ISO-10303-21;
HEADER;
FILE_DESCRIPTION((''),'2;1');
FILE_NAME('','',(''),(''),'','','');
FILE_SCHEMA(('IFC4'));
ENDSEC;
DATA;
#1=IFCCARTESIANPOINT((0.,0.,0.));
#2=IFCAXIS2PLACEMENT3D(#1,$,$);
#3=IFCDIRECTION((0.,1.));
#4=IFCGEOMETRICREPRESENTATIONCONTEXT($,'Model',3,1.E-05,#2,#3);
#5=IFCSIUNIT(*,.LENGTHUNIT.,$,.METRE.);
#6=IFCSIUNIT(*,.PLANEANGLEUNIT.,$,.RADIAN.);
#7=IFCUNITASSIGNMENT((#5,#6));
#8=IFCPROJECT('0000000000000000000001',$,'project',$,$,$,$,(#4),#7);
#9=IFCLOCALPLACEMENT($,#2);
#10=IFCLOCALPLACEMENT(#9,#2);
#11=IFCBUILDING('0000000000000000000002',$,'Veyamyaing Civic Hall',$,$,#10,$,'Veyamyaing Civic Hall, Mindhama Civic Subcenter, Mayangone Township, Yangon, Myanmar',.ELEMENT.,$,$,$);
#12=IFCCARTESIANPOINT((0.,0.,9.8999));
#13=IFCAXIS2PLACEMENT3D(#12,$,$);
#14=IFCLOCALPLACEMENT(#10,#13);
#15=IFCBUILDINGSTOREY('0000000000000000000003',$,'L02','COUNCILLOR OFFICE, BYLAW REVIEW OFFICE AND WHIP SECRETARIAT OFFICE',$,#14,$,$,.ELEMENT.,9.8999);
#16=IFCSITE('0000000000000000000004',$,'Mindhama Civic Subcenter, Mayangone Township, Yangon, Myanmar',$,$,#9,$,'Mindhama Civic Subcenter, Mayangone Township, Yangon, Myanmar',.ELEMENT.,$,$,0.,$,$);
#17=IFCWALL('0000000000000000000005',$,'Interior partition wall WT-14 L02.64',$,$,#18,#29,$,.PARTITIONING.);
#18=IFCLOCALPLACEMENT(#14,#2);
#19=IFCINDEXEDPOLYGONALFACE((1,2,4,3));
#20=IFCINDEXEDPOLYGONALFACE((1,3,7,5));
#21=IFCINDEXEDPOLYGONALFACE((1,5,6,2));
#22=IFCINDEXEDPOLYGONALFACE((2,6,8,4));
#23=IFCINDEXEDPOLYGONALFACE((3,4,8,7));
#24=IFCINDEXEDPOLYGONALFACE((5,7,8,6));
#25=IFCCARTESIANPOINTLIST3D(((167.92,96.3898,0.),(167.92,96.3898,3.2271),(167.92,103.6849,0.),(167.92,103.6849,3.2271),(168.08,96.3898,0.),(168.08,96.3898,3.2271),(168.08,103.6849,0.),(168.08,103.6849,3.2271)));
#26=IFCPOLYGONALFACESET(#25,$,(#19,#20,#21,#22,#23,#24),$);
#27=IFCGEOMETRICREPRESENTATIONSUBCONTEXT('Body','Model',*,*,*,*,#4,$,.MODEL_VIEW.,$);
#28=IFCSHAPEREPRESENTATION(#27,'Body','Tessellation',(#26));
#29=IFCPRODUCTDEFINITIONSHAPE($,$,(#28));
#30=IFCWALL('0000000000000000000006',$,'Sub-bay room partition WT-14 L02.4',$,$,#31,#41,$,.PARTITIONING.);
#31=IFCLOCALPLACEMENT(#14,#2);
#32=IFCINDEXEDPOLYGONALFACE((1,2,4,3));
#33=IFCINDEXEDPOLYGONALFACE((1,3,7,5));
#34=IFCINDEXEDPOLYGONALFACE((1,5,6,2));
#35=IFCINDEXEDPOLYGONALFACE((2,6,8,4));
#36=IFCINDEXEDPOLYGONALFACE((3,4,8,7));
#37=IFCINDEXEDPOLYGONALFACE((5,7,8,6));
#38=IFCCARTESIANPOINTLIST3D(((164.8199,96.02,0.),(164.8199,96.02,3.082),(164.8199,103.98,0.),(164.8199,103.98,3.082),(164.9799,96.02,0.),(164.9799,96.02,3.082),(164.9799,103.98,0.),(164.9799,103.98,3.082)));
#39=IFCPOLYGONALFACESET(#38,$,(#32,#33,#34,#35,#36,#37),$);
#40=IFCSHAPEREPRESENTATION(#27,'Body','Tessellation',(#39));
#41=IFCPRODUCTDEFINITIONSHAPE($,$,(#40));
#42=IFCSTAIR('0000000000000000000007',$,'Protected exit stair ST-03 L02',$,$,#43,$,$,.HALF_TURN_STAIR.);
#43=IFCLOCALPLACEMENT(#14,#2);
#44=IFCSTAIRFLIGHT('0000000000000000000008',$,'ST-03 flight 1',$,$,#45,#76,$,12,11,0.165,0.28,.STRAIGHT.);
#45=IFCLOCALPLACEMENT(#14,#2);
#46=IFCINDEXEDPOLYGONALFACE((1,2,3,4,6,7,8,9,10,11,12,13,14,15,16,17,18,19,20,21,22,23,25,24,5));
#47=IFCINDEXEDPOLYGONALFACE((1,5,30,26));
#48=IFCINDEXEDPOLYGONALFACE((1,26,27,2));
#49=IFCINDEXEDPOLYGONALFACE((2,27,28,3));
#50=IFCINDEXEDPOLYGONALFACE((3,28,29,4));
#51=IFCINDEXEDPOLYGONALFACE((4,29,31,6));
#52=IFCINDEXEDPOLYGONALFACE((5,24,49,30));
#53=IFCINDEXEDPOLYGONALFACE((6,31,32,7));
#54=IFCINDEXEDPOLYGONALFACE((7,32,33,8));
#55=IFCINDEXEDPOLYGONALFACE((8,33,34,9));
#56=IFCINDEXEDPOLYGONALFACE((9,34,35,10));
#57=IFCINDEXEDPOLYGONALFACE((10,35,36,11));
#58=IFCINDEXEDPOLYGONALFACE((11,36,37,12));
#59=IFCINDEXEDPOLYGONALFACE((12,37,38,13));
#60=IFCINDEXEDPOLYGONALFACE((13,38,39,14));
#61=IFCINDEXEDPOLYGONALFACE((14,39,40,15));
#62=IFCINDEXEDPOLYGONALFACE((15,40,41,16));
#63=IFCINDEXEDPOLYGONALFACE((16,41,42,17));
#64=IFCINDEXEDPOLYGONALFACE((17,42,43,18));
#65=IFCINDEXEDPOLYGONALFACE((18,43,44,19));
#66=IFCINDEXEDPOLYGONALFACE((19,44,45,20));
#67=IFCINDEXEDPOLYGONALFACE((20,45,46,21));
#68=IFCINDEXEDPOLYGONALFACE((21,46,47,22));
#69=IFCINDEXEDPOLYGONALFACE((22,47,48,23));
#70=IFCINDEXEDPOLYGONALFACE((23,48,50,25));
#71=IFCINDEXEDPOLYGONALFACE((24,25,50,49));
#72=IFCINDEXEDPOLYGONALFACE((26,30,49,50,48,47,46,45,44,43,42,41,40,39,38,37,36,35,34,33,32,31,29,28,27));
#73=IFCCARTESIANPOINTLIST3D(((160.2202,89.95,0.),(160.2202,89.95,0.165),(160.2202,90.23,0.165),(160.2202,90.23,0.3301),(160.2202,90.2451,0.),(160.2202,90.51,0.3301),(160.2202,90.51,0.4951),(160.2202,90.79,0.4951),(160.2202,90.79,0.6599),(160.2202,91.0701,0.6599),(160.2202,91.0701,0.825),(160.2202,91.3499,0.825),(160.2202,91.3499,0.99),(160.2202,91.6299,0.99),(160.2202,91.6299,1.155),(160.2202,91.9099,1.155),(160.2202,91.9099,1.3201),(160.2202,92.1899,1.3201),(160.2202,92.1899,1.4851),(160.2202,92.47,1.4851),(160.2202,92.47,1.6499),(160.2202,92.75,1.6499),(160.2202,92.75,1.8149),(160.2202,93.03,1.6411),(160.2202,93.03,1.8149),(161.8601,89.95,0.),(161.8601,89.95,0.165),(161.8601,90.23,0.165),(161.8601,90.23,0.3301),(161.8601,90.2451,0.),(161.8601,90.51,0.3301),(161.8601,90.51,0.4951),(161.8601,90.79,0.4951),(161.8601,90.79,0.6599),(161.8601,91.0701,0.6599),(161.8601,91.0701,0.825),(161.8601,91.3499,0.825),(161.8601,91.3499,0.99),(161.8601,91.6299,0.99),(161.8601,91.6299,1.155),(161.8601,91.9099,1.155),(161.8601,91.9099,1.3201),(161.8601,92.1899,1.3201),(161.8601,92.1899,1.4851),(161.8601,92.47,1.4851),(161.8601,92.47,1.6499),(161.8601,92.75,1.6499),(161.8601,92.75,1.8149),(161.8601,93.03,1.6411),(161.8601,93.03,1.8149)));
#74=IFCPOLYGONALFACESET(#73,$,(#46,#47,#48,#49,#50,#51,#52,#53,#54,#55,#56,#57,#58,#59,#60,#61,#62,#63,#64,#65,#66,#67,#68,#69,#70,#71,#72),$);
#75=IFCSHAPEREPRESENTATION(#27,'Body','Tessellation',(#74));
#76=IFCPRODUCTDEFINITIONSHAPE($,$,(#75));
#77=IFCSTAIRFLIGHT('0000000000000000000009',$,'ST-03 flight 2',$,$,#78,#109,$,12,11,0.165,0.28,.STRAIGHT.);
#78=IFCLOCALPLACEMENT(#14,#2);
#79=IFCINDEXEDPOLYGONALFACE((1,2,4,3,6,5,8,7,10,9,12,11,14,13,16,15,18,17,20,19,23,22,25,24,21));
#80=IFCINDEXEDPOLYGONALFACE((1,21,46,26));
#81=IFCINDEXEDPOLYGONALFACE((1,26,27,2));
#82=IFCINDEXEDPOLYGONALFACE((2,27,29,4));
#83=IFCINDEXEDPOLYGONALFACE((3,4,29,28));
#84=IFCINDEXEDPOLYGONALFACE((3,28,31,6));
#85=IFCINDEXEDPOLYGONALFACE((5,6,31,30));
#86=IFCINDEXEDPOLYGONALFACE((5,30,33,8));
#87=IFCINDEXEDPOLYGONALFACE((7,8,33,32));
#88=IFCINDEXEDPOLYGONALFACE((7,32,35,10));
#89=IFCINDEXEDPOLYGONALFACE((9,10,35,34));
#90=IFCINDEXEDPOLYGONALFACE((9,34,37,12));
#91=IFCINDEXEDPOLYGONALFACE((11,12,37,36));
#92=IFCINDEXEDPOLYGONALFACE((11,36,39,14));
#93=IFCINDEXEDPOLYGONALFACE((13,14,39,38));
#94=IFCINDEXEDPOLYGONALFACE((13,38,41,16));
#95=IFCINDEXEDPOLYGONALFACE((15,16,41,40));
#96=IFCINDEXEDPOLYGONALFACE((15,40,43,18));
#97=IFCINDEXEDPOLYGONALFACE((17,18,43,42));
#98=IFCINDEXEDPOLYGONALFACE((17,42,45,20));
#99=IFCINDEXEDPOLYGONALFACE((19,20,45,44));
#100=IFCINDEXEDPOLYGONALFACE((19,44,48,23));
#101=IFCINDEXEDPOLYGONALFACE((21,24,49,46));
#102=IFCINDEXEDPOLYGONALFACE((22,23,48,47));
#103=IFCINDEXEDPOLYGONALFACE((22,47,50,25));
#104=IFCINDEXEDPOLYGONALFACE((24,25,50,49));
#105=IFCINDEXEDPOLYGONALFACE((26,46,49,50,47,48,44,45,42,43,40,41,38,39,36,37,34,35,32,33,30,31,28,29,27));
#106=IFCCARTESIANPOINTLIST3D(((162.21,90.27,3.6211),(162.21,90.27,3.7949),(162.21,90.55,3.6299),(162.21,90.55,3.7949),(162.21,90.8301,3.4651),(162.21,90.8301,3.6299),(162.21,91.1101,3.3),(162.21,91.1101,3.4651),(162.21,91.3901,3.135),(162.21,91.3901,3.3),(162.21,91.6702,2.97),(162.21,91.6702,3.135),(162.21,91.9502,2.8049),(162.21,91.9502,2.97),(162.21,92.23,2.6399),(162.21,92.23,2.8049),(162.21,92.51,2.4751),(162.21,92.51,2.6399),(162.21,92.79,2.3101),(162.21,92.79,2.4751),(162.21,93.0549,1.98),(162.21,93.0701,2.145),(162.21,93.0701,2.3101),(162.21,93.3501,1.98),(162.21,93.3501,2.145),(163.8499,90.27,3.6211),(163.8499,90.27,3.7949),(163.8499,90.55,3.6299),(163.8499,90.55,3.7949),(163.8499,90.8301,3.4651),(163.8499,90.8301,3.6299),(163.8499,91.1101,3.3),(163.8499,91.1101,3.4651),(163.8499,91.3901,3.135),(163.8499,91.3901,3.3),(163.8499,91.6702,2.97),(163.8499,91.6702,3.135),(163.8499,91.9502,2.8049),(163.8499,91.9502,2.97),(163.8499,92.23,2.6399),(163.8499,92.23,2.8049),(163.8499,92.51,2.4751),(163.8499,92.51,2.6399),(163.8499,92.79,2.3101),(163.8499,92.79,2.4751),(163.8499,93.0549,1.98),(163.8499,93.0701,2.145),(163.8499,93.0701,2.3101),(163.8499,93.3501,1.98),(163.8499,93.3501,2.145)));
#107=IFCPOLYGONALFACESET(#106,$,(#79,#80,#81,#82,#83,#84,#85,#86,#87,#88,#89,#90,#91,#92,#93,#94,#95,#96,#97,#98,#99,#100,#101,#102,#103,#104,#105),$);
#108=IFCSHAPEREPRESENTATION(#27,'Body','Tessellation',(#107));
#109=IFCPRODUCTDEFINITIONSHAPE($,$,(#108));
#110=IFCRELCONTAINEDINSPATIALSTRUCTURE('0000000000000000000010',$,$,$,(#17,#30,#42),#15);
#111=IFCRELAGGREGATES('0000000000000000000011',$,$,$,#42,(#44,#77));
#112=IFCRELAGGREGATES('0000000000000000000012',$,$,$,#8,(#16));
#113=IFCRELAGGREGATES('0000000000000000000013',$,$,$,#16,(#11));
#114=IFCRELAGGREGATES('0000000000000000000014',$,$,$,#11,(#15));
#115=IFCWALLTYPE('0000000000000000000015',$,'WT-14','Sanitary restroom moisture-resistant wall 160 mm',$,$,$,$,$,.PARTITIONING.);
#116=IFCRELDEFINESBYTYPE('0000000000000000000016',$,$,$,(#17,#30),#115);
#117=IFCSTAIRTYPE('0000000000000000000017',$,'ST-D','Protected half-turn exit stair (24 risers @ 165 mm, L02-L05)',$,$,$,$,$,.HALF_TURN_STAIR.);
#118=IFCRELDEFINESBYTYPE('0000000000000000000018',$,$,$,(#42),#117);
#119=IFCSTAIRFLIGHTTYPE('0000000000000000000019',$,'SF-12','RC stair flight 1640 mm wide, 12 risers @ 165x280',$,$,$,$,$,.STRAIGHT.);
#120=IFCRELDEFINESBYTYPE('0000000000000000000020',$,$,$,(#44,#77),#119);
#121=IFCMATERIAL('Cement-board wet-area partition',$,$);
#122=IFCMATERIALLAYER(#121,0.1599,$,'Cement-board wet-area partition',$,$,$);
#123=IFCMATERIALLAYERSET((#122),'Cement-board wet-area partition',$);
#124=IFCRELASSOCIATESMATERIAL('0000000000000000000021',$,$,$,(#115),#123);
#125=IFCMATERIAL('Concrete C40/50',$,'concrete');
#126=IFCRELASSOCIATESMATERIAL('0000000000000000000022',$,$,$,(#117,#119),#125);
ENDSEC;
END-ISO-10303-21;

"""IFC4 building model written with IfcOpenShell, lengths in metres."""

from ifc_helpers import new_model, si_unit, direction, frame, frame_2d, origin, place, context, subcontext, project, spatial, polyline, rectangle, outline, extrude, material, layer, layer_set, type_object, element, aggregate, save


model = new_model("IFC4")

# Units and contexts
model_context = context("Model", 3, precision=1e-05, world=origin(), true_north=direction((0.0, 1.0)))
body_context = subcontext(model_context, "Body", "Model", "MODEL_VIEW")
ifc_project = project(units=[si_unit("LENGTHUNIT", "METRE"), si_unit("PLANEANGLEUNIT", "RADIAN")], contexts=[model_context])

# Site, building, storey
site_placement = place(None, origin())
site = spatial("IfcSite", under=ifc_project, at=site_placement, Name="Mindhama Civic Subcenter, Mayangone Township, Yangon, Myanmar", LongName="Mindhama Civic Subcenter, Mayangone Township, Yangon, Myanmar", CompositionType="ELEMENT", RefElevation=0.0)
building_placement = place(site_placement, origin())
building = spatial("IfcBuilding", under=site, at=building_placement, Name="Veyamyaing Civic Hall", LongName="Veyamyaing Civic Hall, Mindhama Civic Subcenter, Mayangone Township, Yangon, Myanmar", CompositionType="ELEMENT")
storey_placement = place(building_placement, frame((0.0, 0.0, 9.8999)))
storey = spatial("IfcBuildingStorey", under=building, at=storey_placement, Name="L02", Description="COUNCILLOR OFFICE, BYLAW REVIEW OFFICE AND WHIP SECRETARIAT OFFICE", CompositionType="ELEMENT", Elevation=9.8999)

# Shared definitions
ifc_material_1 = material(Name="Concrete C40/50", Category="concrete")

# Walls
ifc_material_2 = material(Name="Cement-board wet-area partition")
ifc_layer_1 = layer(ifc_material_2, 0.1599, Name="Cement-board wet-area partition")
ifc_layer_set_1 = layer_set([ifc_layer_1], Name="Cement-board wet-area partition")
wall_type_1 = type_object("IfcWallType", Name="WT-14", Description="Sanitary restroom moisture-resistant wall 160 mm", PredefinedType="PARTITIONING", material=ifc_layer_set_1)
wall_1_placement = place(storey_placement, frame((168.0, 96.3899, 0.0), z_axis=(0.0, 0.0, 1.0), x_axis=(0.0, 1.0, 0.0)))
element("IfcWall", 1, at=wall_1_placement, inside=storey, type_object=wall_type_1, Name="Interior partition wall WT-14 L02.64", PredefinedType="PARTITIONING", context=body_context, shape_type="SweptSolid", body=[
    extrude(rectangle(XDim=7.2952, YDim=0.1599, at=frame_2d((3.6475, 0.0))), origin(), (0.0, 0.0, 1.0), 3.2271),
])
wall_2_placement = place(storey_placement, frame((164.8999, 96.02, 0.0), z_axis=(0.0, 0.0, 1.0), x_axis=(0.0, 1.0, 0.0)))
element("IfcWall", 2, at=wall_2_placement, inside=storey, type_object=wall_type_1, Name="Sub-bay room partition WT-14 L02.4", PredefinedType="PARTITIONING", context=body_context, shape_type="SweptSolid", body=[
    extrude(rectangle(XDim=7.96, YDim=0.1599, at=frame_2d((3.98, 0.0))), origin(), (0.0, 0.0, 1.0), 3.082),
])

# Stair, stair flights
stair_type = type_object("IfcStairType", Name="ST-D", Description="Protected half-turn exit stair (24 risers @ 165 mm, L02-L05)", PredefinedType="HALF_TURN_STAIR", material=ifc_material_1)
stair_placement = place(storey_placement, origin())
stair = element("IfcStair", 3, at=stair_placement, inside=storey, type_object=stair_type, Name="Protected exit stair ST-03 L02", PredefinedType="HALF_TURN_STAIR")
stair_flight_type = type_object("IfcStairFlightType", Name="SF-12", Description="RC stair flight 1640 mm wide, 12 risers @ 165x280", PredefinedType="STRAIGHT", material=ifc_material_1)
stair_flight_1_placement = place(storey_placement, frame((161.04, 89.95, 0.0), z_axis=(0.0, 0.0, 1.0), x_axis=(0.0, 1.0, 0.0)))
stair_flight_1 = element("IfcStairFlight", 4, at=stair_flight_1_placement, type_object=stair_flight_type, Name="ST-03 flight 1", NumberOfRisers=12, NumberOfTreads=11, PredefinedType="STRAIGHT", RiserHeight=0.165, TreadLength=0.28, context=body_context, shape_type="SweptSolid", body=[
    extrude(outline(polyline([(0.0, 0.0), (0.0, 0.165), (0.28, 0.165), (0.28, 0.3301), (0.5601, 0.3301), (0.5601, 0.4951), (0.8401, 0.4951), (0.8401, 0.6599), (1.1201, 0.6599), (1.1201, 0.825), (1.3999, 0.825), (1.3999, 0.99), (1.6799, 0.99), (1.6799, 1.155), (1.96, 1.155), (1.96, 1.3201), (2.24, 1.3201), (2.24, 1.4851), (2.52, 1.4851), (2.52, 1.6499), (2.8, 1.6499), (2.8, 1.8149), (3.0801, 1.8149), (3.0801, 1.98), (3.0801, 1.6411), (0.2952, 0.0), (0.0, 0.0)])), frame((0.0, 0.8198, 0.0), z_axis=(0.0, -1.0, 0.0), x_axis=(1.0, 0.0, 0.0)), (0.0, 0.0, 1.0), 1.6399),
])
stair_flight_2_placement = place(storey_placement, frame((163.03, 93.3501, 1.98), z_axis=(0.0, 0.0, 1.0), x_axis=(0.0, -1.0, 0.0)))
stair_flight_2 = element("IfcStairFlight", 5, at=stair_flight_2_placement, type_object=stair_flight_type, Name="ST-03 flight 2", NumberOfRisers=12, NumberOfTreads=11, PredefinedType="STRAIGHT", RiserHeight=0.165, TreadLength=0.28, context=body_context, shape_type="SweptSolid", body=[
    extrude(outline(polyline([(0.0, 0.0), (0.0, 0.165), (0.28, 0.165), (0.28, 0.3301), (0.5601, 0.3301), (0.5601, 0.4951), (0.8401, 0.4951), (0.8401, 0.6599), (1.1201, 0.6599), (1.1201, 0.825), (1.3999, 0.825), (1.3999, 0.99), (1.6799, 0.99), (1.6799, 1.155), (1.96, 1.155), (1.96, 1.3201), (2.24, 1.3201), (2.24, 1.4851), (2.52, 1.4851), (2.52, 1.6499), (2.8, 1.6499), (2.8, 1.8149), (3.0801, 1.8149), (3.0801, 1.98), (3.0801, 1.6411), (0.2952, 0.0), (0.0, 0.0)])), frame((0.0, 0.8198, 0.0), z_axis=(0.0, -1.0, 0.0), x_axis=(1.0, 0.0, 0.0)), (0.0, 0.0, 1.0), 1.6399),
])
aggregate(stair, [stair_flight_1, stair_flight_2])

save(model, "model.ifc")
